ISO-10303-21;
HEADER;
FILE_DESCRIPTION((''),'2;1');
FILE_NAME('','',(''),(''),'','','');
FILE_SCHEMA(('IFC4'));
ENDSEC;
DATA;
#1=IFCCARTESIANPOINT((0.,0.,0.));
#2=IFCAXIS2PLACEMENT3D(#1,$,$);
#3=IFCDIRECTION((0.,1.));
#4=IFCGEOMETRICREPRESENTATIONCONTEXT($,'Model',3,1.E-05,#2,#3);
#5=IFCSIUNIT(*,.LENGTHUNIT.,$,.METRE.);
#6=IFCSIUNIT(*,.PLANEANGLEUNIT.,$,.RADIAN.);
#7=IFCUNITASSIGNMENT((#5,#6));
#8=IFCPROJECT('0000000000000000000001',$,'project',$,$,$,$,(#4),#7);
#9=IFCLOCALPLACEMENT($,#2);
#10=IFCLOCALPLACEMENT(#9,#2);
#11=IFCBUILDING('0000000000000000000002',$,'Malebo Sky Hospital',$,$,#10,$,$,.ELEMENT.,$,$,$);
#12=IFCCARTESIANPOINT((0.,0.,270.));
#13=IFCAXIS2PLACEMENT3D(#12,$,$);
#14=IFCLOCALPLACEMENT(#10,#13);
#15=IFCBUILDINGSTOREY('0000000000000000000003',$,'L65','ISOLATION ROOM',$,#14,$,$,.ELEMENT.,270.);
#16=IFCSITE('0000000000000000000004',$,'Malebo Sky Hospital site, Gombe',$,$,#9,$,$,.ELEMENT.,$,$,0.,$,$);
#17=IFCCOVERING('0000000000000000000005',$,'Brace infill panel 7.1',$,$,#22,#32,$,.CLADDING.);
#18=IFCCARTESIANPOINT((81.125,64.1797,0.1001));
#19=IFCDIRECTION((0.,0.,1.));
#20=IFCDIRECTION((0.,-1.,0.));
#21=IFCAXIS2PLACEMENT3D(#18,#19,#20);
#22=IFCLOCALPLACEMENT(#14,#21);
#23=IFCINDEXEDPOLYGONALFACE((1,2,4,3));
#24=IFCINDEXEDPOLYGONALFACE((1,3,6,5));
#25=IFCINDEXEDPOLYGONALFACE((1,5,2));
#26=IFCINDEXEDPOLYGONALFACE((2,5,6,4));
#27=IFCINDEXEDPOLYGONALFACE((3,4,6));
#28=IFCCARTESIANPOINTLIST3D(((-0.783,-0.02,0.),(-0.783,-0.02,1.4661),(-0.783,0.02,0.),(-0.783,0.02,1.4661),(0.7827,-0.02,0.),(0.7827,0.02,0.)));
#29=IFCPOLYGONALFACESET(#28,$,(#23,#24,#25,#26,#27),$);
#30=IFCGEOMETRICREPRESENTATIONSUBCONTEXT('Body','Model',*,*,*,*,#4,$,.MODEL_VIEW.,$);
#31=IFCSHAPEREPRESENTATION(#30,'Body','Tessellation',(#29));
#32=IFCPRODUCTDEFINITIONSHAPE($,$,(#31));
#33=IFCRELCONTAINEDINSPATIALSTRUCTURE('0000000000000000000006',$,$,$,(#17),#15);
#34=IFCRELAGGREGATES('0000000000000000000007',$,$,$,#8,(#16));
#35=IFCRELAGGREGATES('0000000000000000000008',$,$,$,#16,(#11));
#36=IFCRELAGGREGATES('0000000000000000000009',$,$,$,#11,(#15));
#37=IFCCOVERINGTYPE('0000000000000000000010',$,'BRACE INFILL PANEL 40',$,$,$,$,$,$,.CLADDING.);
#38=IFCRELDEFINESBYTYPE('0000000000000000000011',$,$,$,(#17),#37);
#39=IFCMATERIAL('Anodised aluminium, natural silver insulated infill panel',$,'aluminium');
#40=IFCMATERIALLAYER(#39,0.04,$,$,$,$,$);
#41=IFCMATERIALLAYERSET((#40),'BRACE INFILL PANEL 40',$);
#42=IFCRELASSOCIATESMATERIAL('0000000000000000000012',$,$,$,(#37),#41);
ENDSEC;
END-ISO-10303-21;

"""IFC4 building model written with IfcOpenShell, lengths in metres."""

from ifc_helpers import new_model, si_unit, direction, frame, origin, place, context, subcontext, project, spatial, polyline, outline, extrude, material, layer, layer_set, type_object, element, save


model = new_model("IFC4")

# Units and contexts
model_context = context("Model", 3, precision=1e-05, world=origin(), true_north=direction((0.0, 1.0)))
body_context = subcontext(model_context, "Body", "Model", "MODEL_VIEW")
ifc_project = project(units=[si_unit("LENGTHUNIT", "METRE"), si_unit("PLANEANGLEUNIT", "RADIAN")], contexts=[model_context])

# Site, building, storey
site_placement = place(None, origin())
site = spatial("IfcSite", under=ifc_project, at=site_placement, Name="Malebo Sky Hospital site, Gombe", CompositionType="ELEMENT", RefElevation=0.0)
building_placement = place(site_placement, origin())
building = spatial("IfcBuilding", under=site, at=building_placement, Name="Malebo Sky Hospital", CompositionType="ELEMENT")
storey_placement = place(building_placement, frame((0.0, 0.0, 270.0)))
storey = spatial("IfcBuildingStorey", under=building, at=storey_placement, Name="L65", Description="ISOLATION ROOM", CompositionType="ELEMENT", Elevation=270.0)

# Covering
ifc_material_1 = material(Name="Anodised aluminium, natural silver insulated infill panel", Category="aluminium")
ifc_layer_1 = layer(ifc_material_1, 0.04)
ifc_layer_set_1 = layer_set([ifc_layer_1], Name="BRACE INFILL PANEL 40")
covering_type = type_object("IfcCoveringType", Name="BRACE INFILL PANEL 40", PredefinedType="CLADDING", material=ifc_layer_set_1)
covering_1_placement = place(storey_placement, frame((81.125, 64.1797, 0.1001), z_axis=(0.0, 0.0, 1.0), x_axis=(0.0, -1.0, 0.0)))
element("IfcCovering", 1, at=covering_1_placement, inside=storey, type_object=covering_type, Name="Brace infill panel 7.1", PredefinedType="CLADDING", context=body_context, shape_type="SweptSolid", body=[
    extrude(outline(polyline([(-0.783, 0.0), (0.7827, 0.0), (-0.783, 1.4661), (-0.783, 0.0)])), frame((0.0, 0.02, 0.0), z_axis=(0.0, -1.0, 0.0), x_axis=(1.0, 0.0, 0.0)), (0.0, 0.0, 1.0), 0.04),
])

save(model, "model.ifc")
